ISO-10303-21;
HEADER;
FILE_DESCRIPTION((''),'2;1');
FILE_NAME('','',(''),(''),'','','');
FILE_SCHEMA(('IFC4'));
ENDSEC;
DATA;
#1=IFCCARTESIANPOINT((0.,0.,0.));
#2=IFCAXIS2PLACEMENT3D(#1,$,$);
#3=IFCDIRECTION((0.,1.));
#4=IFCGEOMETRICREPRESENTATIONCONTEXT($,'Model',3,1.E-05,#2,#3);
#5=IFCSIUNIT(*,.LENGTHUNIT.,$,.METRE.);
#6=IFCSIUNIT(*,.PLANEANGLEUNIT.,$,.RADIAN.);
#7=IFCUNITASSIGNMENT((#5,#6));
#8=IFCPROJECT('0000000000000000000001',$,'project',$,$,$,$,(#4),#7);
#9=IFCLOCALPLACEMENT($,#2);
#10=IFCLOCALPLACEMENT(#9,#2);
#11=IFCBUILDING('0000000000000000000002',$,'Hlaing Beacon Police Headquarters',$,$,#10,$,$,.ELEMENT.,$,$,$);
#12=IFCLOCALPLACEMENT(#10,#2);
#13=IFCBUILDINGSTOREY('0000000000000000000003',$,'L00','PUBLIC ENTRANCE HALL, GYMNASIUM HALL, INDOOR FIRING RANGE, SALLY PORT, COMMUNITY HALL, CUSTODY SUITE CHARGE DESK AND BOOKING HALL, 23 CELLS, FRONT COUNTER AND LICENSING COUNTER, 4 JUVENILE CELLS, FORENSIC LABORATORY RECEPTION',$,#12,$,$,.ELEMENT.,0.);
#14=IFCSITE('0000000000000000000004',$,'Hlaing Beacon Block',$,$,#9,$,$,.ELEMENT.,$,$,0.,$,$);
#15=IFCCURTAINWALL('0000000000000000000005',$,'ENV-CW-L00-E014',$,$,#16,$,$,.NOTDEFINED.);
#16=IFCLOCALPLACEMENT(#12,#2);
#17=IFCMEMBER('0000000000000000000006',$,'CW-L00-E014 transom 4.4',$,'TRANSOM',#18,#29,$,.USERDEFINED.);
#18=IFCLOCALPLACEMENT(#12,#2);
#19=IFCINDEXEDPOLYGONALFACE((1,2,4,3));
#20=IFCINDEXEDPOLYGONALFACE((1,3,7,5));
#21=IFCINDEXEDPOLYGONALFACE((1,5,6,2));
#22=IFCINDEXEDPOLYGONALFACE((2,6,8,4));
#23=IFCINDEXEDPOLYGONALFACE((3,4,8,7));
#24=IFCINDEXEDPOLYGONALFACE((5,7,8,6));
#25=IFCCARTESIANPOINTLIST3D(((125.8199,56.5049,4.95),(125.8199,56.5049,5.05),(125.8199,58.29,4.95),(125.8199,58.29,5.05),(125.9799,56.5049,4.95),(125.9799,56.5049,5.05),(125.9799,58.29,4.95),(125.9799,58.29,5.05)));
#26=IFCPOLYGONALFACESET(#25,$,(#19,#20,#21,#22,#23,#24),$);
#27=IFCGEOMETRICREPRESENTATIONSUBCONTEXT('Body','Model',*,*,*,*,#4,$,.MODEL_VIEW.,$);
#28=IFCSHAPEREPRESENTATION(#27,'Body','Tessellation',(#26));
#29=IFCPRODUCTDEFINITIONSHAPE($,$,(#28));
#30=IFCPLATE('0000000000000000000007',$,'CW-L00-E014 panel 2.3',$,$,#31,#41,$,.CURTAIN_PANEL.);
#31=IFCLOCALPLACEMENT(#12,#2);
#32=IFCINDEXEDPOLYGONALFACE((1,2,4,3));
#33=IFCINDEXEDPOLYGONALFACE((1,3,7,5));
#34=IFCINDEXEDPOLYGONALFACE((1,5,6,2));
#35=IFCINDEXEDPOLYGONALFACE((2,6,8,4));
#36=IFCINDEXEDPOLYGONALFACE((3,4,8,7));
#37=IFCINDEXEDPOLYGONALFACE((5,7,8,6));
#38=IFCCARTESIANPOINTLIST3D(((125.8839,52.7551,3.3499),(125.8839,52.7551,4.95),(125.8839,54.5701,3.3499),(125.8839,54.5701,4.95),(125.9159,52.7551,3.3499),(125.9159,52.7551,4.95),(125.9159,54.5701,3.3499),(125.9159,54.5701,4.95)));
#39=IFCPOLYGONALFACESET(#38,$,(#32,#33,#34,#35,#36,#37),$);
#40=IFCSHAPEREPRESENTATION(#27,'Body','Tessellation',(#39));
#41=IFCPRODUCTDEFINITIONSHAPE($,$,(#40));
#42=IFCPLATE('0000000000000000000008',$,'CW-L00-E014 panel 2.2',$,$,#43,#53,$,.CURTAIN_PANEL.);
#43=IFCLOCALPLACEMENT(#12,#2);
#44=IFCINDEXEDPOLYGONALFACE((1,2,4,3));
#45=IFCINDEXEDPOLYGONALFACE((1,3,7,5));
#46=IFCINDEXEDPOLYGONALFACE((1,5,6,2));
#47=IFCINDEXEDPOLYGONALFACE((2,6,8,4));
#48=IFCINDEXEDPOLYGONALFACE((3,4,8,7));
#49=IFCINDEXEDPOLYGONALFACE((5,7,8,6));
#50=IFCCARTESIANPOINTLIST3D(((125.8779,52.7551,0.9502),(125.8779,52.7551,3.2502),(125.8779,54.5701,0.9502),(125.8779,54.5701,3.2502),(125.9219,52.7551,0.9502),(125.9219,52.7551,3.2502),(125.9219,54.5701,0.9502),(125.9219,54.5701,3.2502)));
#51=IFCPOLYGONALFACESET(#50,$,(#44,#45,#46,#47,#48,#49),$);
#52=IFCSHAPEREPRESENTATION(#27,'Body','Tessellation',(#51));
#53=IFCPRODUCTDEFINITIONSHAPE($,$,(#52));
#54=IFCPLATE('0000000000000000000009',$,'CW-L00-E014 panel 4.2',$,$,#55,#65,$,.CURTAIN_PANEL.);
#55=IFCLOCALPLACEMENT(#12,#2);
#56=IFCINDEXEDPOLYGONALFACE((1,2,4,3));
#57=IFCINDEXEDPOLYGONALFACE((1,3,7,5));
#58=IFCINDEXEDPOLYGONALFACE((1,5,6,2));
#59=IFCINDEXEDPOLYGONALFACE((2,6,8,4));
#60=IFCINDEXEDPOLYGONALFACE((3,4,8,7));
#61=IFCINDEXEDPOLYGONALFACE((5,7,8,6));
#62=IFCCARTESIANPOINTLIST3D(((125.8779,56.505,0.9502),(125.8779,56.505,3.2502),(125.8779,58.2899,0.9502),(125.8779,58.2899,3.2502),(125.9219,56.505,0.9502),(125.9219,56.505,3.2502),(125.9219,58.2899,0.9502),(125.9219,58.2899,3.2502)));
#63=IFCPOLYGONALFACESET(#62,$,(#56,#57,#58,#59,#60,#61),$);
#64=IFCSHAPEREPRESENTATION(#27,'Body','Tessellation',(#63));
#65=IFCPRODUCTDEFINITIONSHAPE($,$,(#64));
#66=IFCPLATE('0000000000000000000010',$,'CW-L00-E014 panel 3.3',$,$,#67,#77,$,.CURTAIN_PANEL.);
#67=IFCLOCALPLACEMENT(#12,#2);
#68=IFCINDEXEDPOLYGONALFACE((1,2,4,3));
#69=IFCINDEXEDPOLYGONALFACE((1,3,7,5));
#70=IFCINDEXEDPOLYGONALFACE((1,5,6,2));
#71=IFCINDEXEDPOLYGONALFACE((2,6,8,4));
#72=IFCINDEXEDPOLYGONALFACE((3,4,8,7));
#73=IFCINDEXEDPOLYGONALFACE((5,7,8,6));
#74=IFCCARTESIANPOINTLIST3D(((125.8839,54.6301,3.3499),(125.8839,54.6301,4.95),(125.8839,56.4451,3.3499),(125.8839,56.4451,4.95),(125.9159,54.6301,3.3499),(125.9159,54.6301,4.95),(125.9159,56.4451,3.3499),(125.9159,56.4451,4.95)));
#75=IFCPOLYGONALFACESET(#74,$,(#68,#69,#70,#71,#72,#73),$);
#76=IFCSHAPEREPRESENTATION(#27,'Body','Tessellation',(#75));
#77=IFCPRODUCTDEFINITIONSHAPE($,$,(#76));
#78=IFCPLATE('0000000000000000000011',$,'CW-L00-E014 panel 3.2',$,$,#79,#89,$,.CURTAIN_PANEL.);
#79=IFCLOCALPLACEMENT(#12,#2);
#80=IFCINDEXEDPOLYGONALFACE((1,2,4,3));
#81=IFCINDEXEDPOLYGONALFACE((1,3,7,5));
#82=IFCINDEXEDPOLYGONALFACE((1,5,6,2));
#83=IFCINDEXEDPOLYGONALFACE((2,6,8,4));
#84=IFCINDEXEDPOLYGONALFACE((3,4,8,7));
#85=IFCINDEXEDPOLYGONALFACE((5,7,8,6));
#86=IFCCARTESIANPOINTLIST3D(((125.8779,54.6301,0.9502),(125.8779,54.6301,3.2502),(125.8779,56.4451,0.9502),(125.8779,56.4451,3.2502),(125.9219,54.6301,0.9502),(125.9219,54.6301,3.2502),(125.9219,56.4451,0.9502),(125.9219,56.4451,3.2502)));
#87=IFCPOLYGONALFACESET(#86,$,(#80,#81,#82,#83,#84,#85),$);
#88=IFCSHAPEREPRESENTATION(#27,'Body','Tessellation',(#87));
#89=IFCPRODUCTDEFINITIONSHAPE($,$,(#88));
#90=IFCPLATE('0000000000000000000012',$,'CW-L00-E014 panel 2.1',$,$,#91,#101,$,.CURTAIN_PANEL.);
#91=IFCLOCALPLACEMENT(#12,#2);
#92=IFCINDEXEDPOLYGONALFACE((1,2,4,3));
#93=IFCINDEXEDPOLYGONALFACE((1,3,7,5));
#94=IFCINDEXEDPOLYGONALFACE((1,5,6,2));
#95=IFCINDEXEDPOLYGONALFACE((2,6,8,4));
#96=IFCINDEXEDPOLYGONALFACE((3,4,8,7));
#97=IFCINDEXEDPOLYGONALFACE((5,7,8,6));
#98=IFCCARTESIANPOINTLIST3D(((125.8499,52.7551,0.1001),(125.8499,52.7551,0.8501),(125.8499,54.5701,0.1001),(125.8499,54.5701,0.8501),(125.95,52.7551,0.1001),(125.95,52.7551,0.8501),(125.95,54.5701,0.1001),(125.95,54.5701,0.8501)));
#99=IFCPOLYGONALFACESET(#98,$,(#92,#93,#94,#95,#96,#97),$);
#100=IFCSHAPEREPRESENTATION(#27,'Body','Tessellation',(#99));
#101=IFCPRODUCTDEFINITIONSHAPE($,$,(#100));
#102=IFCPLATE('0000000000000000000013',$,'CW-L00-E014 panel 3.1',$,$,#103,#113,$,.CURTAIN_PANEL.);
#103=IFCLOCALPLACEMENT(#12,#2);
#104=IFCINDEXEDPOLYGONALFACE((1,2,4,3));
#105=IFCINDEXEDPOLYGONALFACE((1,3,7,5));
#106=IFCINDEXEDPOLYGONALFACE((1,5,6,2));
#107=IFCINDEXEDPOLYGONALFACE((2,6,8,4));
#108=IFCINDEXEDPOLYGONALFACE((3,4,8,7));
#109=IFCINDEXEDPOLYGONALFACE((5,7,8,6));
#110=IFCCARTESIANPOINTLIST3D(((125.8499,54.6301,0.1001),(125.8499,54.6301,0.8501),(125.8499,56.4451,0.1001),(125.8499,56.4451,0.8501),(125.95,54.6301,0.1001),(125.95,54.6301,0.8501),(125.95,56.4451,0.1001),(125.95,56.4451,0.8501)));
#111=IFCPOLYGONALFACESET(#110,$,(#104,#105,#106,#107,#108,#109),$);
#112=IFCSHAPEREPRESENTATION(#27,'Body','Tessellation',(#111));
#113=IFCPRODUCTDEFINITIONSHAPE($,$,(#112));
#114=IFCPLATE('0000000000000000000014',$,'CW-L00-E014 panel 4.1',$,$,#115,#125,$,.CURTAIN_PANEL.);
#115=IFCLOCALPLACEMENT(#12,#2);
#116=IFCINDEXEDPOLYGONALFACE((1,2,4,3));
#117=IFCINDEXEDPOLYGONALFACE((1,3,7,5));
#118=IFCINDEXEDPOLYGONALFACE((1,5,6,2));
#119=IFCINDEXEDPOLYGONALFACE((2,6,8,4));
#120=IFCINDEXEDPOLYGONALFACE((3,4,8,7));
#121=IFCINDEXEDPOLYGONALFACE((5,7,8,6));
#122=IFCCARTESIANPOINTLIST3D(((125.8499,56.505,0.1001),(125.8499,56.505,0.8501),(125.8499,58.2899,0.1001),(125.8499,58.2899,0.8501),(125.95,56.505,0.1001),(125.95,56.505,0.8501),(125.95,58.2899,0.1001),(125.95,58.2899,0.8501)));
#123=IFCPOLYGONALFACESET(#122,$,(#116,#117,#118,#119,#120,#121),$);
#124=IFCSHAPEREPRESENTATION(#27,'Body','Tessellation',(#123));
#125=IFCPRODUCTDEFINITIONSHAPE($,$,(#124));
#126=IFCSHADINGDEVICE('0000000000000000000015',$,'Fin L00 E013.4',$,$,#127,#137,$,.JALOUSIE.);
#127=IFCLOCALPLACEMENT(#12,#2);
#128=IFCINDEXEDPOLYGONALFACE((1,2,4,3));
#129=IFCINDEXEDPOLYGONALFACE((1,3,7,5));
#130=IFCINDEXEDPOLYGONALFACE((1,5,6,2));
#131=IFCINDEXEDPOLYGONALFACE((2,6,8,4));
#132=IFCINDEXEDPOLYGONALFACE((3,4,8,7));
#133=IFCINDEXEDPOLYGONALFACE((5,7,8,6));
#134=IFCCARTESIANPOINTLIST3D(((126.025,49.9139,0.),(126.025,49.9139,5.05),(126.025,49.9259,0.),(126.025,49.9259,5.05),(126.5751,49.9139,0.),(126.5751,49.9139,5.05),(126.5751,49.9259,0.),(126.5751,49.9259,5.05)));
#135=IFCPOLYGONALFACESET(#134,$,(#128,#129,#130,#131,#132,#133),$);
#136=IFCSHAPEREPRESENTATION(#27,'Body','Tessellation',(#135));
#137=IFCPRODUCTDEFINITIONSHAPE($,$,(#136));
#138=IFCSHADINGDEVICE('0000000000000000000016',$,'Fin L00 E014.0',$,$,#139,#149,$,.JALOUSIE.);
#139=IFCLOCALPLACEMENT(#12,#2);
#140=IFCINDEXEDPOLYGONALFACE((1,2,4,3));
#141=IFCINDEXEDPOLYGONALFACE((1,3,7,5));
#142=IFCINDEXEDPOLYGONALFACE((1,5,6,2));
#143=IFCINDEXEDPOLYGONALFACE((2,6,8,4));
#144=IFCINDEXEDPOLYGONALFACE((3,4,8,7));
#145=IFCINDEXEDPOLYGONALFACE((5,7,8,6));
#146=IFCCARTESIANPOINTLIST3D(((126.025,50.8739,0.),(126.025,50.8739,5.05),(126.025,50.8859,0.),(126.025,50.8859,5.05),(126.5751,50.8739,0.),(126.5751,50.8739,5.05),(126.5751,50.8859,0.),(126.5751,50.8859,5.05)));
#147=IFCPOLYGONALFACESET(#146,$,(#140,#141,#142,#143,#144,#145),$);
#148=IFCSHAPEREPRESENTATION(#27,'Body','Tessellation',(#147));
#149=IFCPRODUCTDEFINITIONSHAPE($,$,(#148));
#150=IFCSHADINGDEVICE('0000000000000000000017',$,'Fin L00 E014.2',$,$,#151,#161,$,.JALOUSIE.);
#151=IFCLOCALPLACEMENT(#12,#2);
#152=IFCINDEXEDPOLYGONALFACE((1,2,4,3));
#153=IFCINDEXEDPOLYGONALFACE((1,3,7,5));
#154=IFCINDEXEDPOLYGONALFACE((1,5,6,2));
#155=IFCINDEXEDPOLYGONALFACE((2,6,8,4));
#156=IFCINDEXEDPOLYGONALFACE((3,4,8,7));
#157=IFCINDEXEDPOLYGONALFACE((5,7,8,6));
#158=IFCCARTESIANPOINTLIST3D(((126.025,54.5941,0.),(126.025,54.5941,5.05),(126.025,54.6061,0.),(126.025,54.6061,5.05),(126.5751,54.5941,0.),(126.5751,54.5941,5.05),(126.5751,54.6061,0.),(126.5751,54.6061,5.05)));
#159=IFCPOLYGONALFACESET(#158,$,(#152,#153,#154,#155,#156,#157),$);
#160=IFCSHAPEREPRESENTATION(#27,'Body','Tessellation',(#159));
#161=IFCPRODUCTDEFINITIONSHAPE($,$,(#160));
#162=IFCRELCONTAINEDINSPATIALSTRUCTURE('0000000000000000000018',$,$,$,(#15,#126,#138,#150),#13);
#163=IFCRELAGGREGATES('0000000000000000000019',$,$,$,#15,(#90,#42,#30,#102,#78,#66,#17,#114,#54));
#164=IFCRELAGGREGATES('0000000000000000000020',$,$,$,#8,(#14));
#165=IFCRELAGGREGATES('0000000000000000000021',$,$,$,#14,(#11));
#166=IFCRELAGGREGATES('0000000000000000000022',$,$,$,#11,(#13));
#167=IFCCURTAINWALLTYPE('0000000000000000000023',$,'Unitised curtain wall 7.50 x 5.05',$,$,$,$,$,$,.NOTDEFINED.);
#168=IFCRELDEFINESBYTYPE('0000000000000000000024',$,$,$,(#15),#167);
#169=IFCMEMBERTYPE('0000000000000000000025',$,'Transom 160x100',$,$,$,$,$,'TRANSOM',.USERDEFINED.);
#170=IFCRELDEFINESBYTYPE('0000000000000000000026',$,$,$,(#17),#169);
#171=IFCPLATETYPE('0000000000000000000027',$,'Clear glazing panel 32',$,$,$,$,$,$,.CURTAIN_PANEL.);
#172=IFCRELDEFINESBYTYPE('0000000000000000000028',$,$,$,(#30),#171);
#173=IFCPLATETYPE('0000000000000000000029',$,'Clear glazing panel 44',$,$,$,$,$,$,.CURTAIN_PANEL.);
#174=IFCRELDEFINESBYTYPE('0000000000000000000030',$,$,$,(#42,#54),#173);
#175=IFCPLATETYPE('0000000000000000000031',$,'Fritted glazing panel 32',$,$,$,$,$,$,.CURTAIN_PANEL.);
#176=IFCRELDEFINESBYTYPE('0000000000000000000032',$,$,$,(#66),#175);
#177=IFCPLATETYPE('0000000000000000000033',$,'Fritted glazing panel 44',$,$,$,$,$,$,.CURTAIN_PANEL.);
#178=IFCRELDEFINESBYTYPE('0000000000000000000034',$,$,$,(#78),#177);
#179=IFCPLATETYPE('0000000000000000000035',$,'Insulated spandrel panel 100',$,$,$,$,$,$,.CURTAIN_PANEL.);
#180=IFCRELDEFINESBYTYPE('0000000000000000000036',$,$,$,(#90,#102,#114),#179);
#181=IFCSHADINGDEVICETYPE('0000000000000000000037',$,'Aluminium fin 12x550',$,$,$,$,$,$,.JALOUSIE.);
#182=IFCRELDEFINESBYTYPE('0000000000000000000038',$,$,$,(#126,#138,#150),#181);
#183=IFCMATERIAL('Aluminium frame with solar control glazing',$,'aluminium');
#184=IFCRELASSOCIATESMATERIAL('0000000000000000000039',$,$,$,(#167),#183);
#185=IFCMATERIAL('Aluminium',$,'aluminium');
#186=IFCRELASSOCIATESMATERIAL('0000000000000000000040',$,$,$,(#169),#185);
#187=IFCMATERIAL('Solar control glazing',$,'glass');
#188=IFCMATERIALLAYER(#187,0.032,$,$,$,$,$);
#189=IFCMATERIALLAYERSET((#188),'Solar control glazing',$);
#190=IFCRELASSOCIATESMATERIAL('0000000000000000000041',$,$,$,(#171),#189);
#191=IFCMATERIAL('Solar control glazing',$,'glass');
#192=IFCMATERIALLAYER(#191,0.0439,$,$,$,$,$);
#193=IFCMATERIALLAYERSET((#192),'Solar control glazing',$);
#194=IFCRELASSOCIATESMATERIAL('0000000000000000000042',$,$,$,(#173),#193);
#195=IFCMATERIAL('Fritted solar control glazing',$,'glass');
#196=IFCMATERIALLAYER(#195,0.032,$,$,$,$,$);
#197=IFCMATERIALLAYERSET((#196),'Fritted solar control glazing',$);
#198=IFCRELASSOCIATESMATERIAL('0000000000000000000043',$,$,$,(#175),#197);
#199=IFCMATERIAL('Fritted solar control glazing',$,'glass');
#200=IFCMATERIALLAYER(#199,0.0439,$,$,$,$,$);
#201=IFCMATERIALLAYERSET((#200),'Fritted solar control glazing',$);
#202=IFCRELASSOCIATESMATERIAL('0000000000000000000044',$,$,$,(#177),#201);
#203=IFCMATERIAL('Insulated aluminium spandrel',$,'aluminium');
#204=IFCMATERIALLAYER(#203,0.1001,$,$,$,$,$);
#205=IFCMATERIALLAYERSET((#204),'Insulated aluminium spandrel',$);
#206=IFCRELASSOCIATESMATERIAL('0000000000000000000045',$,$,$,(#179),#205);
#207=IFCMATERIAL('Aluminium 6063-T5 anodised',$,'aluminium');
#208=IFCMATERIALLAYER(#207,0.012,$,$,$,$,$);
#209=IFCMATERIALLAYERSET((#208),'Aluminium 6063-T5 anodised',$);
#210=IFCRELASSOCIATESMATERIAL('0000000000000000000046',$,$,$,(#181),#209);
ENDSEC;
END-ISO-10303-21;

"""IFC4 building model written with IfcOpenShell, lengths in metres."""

from ifc_helpers import new_model, si_unit, direction, frame, origin, origin_2d, place, context, subcontext, project, spatial, rectangle, extrude, material, layer, layer_set, material_profile, profile_set, type_object, element, aggregate, save


model = new_model("IFC4")

# Units and contexts
model_context = context("Model", 3, precision=1e-05, world=origin(), true_north=direction((0.0, 1.0)))
body_context = subcontext(model_context, "Body", "Model", "MODEL_VIEW")
ifc_project = project(units=[si_unit("LENGTHUNIT", "METRE"), si_unit("PLANEANGLEUNIT", "RADIAN")], contexts=[model_context])

# Site, building, storey
site_placement = place(None, origin())
site = spatial("IfcSite", under=ifc_project, at=site_placement, Name="Hlaing Beacon Block", CompositionType="ELEMENT", RefElevation=0.0)
building_placement = place(site_placement, origin())
building = spatial("IfcBuilding", under=site, at=building_placement, Name="Hlaing Beacon Police Headquarters", CompositionType="ELEMENT")
storey_placement = place(building_placement, origin())
storey = spatial("IfcBuildingStorey", under=building, at=storey_placement, Name="L00", Description="PUBLIC ENTRANCE HALL, GYMNASIUM HALL, INDOOR FIRING RANGE, SALLY PORT, COMMUNITY HALL, CUSTODY SUITE CHARGE DESK AND BOOKING HALL, 23 CELLS, FRONT COUNTER AND LICENSING COUNTER, 4 JUVENILE CELLS, FORENSIC LABORATORY RECEPTION", CompositionType="ELEMENT", Elevation=0.0)

# Curtain wall, member, plates
ifc_material_1 = material(Name="Aluminium frame with solar control glazing", Category="aluminium")
curtain_wall_type = type_object("IfcCurtainWallType", Name="Unitised curtain wall 7.50 x 5.05", PredefinedType="NOTDEFINED", material=ifc_material_1)
curtain_wall_placement = place(storey_placement, origin())
curtain_wall = element("IfcCurtainWall", 1, at=curtain_wall_placement, inside=storey, type_object=curtain_wall_type, Name="ENV-CW-L00-E014", PredefinedType="NOTDEFINED")
ifc_material_2 = material(Name="Aluminium", Category="aluminium")
ifc_material_profile_1 = material_profile(ifc_material_2, rectangle(XDim=0.1599, YDim=0.1001, at=origin_2d()), Name="Transom 160x100")
ifc_profile_set_1 = profile_set([ifc_material_profile_1], Name="Aluminium")
member_type_1 = type_object("IfcMemberType", Name="Transom 160x100", ElementType="TRANSOM", PredefinedType="USERDEFINED", material=ifc_profile_set_1)
member_1_placement = place(storey_placement, frame((125.8999, 56.5049, 5.0), z_axis=(0.0, 1.0, 0.0), x_axis=(-1.0, 0.0, 0.0)))
member_1 = element("IfcMember", 2, at=member_1_placement, type_object=member_type_1, Name="CW-L00-E014 transom 4.4", ObjectType="TRANSOM", PredefinedType="USERDEFINED", context=body_context, shape_type="SweptSolid", body=[
    extrude(rectangle(XDim=0.1599, YDim=0.1001, at=origin_2d()), origin(), (0.0, 0.0, 1.0), 1.7852),
])
ifc_material_3 = material(Name="Solar control glazing", Category="glass")
ifc_layer_1 = layer(ifc_material_3, 0.032)
ifc_layer_set_1 = layer_set([ifc_layer_1], Name="Solar control glazing")
plate_type_1 = type_object("IfcPlateType", Name="Clear glazing panel 32", PredefinedType="CURTAIN_PANEL", material=ifc_layer_set_1)
plate_1_placement = place(storey_placement, frame((125.8999, 53.6626, 3.3499), z_axis=(0.0, 0.0, 1.0), x_axis=(0.0, 1.0, 0.0)))
plate_1 = element("IfcPlate", 3, at=plate_1_placement, type_object=plate_type_1, Name="CW-L00-E014 panel 2.3", PredefinedType="CURTAIN_PANEL", context=body_context, shape_type="SweptSolid", body=[
    extrude(rectangle(XDim=1.8149, YDim=0.032, at=origin_2d()), origin(), (0.0, 0.0, 1.0), 1.6001),
])
ifc_material_4 = material(Name="Solar control glazing", Category="glass")
ifc_layer_2 = layer(ifc_material_4, 0.0439)
ifc_layer_set_2 = layer_set([ifc_layer_2], Name="Solar control glazing")
plate_type_2 = type_object("IfcPlateType", Name="Clear glazing panel 44", PredefinedType="CURTAIN_PANEL", material=ifc_layer_set_2)
plate_2_placement = place(storey_placement, frame((125.8999, 53.6626, 0.9502), z_axis=(0.0, 0.0, 1.0), x_axis=(0.0, 1.0, 0.0)))
plate_2 = element("IfcPlate", 4, at=plate_2_placement, type_object=plate_type_2, Name="CW-L00-E014 panel 2.2", PredefinedType="CURTAIN_PANEL", context=body_context, shape_type="SweptSolid", body=[
    extrude(rectangle(XDim=1.8149, YDim=0.0439, at=origin_2d()), origin(), (0.0, 0.0, 1.0), 2.3),
])
plate_3_placement = place(storey_placement, frame((125.8999, 57.3975, 0.9502), z_axis=(0.0, 0.0, 1.0), x_axis=(0.0, 1.0, 0.0)))
plate_3 = element("IfcPlate", 5, at=plate_3_placement, type_object=plate_type_2, Name="CW-L00-E014 panel 4.2", PredefinedType="CURTAIN_PANEL", context=body_context, shape_type="SweptSolid", body=[
    extrude(rectangle(XDim=1.7849, YDim=0.0439, at=origin_2d()), origin(), (0.0, 0.0, 1.0), 2.3),
])
ifc_material_5 = material(Name="Fritted solar control glazing", Category="glass")
ifc_layer_3 = layer(ifc_material_5, 0.032)
ifc_layer_set_3 = layer_set([ifc_layer_3], Name="Fritted solar control glazing")
plate_type_3 = type_object("IfcPlateType", Name="Fritted glazing panel 32", PredefinedType="CURTAIN_PANEL", material=ifc_layer_set_3)
plate_4_placement = place(storey_placement, frame((125.8999, 55.5376, 3.3499), z_axis=(0.0, 0.0, 1.0), x_axis=(0.0, 1.0, 0.0)))
plate_4 = element("IfcPlate", 6, at=plate_4_placement, type_object=plate_type_3, Name="CW-L00-E014 panel 3.3", PredefinedType="CURTAIN_PANEL", context=body_context, shape_type="SweptSolid", body=[
    extrude(rectangle(XDim=1.8149, YDim=0.032, at=origin_2d()), origin(), (0.0, 0.0, 1.0), 1.6001),
])
ifc_material_6 = material(Name="Fritted solar control glazing", Category="glass")
ifc_layer_4 = layer(ifc_material_6, 0.0439)
ifc_layer_set_4 = layer_set([ifc_layer_4], Name="Fritted solar control glazing")
plate_type_4 = type_object("IfcPlateType", Name="Fritted glazing panel 44", PredefinedType="CURTAIN_PANEL", material=ifc_layer_set_4)
plate_5_placement = place(storey_placement, frame((125.8999, 55.5376, 0.9502), z_axis=(0.0, 0.0, 1.0), x_axis=(0.0, 1.0, 0.0)))
plate_5 = element("IfcPlate", 7, at=plate_5_placement, type_object=plate_type_4, Name="CW-L00-E014 panel 3.2", PredefinedType="CURTAIN_PANEL", context=body_context, shape_type="SweptSolid", body=[
    extrude(rectangle(XDim=1.8149, YDim=0.0439, at=origin_2d()), origin(), (0.0, 0.0, 1.0), 2.3),
])
ifc_material_7 = material(Name="Insulated aluminium spandrel", Category="aluminium")
ifc_layer_5 = layer(ifc_material_7, 0.1001)
ifc_layer_set_5 = layer_set([ifc_layer_5], Name="Insulated aluminium spandrel")
plate_type_5 = type_object("IfcPlateType", Name="Insulated spandrel panel 100", PredefinedType="CURTAIN_PANEL", material=ifc_layer_set_5)
plate_6_placement = place(storey_placement, frame((125.8999, 53.6626, 0.1001), z_axis=(0.0, 0.0, 1.0), x_axis=(0.0, 1.0, 0.0)))
plate_6 = element("IfcPlate", 8, at=plate_6_placement, type_object=plate_type_5, Name="CW-L00-E014 panel 2.1", PredefinedType="CURTAIN_PANEL", context=body_context, shape_type="SweptSolid", body=[
    extrude(rectangle(XDim=1.8149, YDim=0.1001, at=origin_2d()), origin(), (0.0, 0.0, 1.0), 0.75),
])
plate_7_placement = place(storey_placement, frame((125.8999, 55.5376, 0.1001), z_axis=(0.0, 0.0, 1.0), x_axis=(0.0, 1.0, 0.0)))
plate_7 = element("IfcPlate", 9, at=plate_7_placement, type_object=plate_type_5, Name="CW-L00-E014 panel 3.1", PredefinedType="CURTAIN_PANEL", context=body_context, shape_type="SweptSolid", body=[
    extrude(rectangle(XDim=1.8149, YDim=0.1001, at=origin_2d()), origin(), (0.0, 0.0, 1.0), 0.75),
])
plate_8_placement = place(storey_placement, frame((125.8999, 57.3975, 0.1001), z_axis=(0.0, 0.0, 1.0), x_axis=(0.0, 1.0, 0.0)))
plate_8 = element("IfcPlate", 10, at=plate_8_placement, type_object=plate_type_5, Name="CW-L00-E014 panel 4.1", PredefinedType="CURTAIN_PANEL", context=body_context, shape_type="SweptSolid", body=[
    extrude(rectangle(XDim=1.7849, YDim=0.1001, at=origin_2d()), origin(), (0.0, 0.0, 1.0), 0.75),
])
aggregate(curtain_wall, [plate_6, plate_2, plate_1, plate_7, plate_5, plate_4, member_1, plate_8, plate_3])

# Shading devices
ifc_material_8 = material(Name="Aluminium 6063-T5 anodised", Category="aluminium")
ifc_layer_6 = layer(ifc_material_8, 0.012)
ifc_layer_set_6 = layer_set([ifc_layer_6], Name="Aluminium 6063-T5 anodised")
shading_device_type = type_object("IfcShadingDeviceType", Name="Aluminium fin 12x550", PredefinedType="JALOUSIE", material=ifc_layer_set_6)
for number, where, z_axis, x_axis, name in (
    (11, (126.3, 49.9199, 0.0), (0.0, 0.0, 1.0), (0.0, 1.0, 0.0), "Fin L00 E013.4"),
    (12, (126.3, 50.8799, 0.0), (0.0, 0.0, 1.0), (0.0, 1.0, 0.0), "Fin L00 E014.0"),
    (13, (126.3, 54.6001, 0.0), (0.0, 0.0, 1.0), (0.0, 1.0, 0.0), "Fin L00 E014.2"),
):
    element("IfcShadingDevice", number, at=place(storey_placement, frame(where, z_axis=z_axis, x_axis=x_axis)), inside=storey, type_object=shading_device_type, Name=name, PredefinedType="JALOUSIE", context=body_context, shape_type="SweptSolid", body=[
        extrude(rectangle(XDim=0.012, YDim=0.55, at=origin_2d()), origin(), (0.0, 0.0, 1.0), 5.05),
    ])

save(model, "model.ifc")
